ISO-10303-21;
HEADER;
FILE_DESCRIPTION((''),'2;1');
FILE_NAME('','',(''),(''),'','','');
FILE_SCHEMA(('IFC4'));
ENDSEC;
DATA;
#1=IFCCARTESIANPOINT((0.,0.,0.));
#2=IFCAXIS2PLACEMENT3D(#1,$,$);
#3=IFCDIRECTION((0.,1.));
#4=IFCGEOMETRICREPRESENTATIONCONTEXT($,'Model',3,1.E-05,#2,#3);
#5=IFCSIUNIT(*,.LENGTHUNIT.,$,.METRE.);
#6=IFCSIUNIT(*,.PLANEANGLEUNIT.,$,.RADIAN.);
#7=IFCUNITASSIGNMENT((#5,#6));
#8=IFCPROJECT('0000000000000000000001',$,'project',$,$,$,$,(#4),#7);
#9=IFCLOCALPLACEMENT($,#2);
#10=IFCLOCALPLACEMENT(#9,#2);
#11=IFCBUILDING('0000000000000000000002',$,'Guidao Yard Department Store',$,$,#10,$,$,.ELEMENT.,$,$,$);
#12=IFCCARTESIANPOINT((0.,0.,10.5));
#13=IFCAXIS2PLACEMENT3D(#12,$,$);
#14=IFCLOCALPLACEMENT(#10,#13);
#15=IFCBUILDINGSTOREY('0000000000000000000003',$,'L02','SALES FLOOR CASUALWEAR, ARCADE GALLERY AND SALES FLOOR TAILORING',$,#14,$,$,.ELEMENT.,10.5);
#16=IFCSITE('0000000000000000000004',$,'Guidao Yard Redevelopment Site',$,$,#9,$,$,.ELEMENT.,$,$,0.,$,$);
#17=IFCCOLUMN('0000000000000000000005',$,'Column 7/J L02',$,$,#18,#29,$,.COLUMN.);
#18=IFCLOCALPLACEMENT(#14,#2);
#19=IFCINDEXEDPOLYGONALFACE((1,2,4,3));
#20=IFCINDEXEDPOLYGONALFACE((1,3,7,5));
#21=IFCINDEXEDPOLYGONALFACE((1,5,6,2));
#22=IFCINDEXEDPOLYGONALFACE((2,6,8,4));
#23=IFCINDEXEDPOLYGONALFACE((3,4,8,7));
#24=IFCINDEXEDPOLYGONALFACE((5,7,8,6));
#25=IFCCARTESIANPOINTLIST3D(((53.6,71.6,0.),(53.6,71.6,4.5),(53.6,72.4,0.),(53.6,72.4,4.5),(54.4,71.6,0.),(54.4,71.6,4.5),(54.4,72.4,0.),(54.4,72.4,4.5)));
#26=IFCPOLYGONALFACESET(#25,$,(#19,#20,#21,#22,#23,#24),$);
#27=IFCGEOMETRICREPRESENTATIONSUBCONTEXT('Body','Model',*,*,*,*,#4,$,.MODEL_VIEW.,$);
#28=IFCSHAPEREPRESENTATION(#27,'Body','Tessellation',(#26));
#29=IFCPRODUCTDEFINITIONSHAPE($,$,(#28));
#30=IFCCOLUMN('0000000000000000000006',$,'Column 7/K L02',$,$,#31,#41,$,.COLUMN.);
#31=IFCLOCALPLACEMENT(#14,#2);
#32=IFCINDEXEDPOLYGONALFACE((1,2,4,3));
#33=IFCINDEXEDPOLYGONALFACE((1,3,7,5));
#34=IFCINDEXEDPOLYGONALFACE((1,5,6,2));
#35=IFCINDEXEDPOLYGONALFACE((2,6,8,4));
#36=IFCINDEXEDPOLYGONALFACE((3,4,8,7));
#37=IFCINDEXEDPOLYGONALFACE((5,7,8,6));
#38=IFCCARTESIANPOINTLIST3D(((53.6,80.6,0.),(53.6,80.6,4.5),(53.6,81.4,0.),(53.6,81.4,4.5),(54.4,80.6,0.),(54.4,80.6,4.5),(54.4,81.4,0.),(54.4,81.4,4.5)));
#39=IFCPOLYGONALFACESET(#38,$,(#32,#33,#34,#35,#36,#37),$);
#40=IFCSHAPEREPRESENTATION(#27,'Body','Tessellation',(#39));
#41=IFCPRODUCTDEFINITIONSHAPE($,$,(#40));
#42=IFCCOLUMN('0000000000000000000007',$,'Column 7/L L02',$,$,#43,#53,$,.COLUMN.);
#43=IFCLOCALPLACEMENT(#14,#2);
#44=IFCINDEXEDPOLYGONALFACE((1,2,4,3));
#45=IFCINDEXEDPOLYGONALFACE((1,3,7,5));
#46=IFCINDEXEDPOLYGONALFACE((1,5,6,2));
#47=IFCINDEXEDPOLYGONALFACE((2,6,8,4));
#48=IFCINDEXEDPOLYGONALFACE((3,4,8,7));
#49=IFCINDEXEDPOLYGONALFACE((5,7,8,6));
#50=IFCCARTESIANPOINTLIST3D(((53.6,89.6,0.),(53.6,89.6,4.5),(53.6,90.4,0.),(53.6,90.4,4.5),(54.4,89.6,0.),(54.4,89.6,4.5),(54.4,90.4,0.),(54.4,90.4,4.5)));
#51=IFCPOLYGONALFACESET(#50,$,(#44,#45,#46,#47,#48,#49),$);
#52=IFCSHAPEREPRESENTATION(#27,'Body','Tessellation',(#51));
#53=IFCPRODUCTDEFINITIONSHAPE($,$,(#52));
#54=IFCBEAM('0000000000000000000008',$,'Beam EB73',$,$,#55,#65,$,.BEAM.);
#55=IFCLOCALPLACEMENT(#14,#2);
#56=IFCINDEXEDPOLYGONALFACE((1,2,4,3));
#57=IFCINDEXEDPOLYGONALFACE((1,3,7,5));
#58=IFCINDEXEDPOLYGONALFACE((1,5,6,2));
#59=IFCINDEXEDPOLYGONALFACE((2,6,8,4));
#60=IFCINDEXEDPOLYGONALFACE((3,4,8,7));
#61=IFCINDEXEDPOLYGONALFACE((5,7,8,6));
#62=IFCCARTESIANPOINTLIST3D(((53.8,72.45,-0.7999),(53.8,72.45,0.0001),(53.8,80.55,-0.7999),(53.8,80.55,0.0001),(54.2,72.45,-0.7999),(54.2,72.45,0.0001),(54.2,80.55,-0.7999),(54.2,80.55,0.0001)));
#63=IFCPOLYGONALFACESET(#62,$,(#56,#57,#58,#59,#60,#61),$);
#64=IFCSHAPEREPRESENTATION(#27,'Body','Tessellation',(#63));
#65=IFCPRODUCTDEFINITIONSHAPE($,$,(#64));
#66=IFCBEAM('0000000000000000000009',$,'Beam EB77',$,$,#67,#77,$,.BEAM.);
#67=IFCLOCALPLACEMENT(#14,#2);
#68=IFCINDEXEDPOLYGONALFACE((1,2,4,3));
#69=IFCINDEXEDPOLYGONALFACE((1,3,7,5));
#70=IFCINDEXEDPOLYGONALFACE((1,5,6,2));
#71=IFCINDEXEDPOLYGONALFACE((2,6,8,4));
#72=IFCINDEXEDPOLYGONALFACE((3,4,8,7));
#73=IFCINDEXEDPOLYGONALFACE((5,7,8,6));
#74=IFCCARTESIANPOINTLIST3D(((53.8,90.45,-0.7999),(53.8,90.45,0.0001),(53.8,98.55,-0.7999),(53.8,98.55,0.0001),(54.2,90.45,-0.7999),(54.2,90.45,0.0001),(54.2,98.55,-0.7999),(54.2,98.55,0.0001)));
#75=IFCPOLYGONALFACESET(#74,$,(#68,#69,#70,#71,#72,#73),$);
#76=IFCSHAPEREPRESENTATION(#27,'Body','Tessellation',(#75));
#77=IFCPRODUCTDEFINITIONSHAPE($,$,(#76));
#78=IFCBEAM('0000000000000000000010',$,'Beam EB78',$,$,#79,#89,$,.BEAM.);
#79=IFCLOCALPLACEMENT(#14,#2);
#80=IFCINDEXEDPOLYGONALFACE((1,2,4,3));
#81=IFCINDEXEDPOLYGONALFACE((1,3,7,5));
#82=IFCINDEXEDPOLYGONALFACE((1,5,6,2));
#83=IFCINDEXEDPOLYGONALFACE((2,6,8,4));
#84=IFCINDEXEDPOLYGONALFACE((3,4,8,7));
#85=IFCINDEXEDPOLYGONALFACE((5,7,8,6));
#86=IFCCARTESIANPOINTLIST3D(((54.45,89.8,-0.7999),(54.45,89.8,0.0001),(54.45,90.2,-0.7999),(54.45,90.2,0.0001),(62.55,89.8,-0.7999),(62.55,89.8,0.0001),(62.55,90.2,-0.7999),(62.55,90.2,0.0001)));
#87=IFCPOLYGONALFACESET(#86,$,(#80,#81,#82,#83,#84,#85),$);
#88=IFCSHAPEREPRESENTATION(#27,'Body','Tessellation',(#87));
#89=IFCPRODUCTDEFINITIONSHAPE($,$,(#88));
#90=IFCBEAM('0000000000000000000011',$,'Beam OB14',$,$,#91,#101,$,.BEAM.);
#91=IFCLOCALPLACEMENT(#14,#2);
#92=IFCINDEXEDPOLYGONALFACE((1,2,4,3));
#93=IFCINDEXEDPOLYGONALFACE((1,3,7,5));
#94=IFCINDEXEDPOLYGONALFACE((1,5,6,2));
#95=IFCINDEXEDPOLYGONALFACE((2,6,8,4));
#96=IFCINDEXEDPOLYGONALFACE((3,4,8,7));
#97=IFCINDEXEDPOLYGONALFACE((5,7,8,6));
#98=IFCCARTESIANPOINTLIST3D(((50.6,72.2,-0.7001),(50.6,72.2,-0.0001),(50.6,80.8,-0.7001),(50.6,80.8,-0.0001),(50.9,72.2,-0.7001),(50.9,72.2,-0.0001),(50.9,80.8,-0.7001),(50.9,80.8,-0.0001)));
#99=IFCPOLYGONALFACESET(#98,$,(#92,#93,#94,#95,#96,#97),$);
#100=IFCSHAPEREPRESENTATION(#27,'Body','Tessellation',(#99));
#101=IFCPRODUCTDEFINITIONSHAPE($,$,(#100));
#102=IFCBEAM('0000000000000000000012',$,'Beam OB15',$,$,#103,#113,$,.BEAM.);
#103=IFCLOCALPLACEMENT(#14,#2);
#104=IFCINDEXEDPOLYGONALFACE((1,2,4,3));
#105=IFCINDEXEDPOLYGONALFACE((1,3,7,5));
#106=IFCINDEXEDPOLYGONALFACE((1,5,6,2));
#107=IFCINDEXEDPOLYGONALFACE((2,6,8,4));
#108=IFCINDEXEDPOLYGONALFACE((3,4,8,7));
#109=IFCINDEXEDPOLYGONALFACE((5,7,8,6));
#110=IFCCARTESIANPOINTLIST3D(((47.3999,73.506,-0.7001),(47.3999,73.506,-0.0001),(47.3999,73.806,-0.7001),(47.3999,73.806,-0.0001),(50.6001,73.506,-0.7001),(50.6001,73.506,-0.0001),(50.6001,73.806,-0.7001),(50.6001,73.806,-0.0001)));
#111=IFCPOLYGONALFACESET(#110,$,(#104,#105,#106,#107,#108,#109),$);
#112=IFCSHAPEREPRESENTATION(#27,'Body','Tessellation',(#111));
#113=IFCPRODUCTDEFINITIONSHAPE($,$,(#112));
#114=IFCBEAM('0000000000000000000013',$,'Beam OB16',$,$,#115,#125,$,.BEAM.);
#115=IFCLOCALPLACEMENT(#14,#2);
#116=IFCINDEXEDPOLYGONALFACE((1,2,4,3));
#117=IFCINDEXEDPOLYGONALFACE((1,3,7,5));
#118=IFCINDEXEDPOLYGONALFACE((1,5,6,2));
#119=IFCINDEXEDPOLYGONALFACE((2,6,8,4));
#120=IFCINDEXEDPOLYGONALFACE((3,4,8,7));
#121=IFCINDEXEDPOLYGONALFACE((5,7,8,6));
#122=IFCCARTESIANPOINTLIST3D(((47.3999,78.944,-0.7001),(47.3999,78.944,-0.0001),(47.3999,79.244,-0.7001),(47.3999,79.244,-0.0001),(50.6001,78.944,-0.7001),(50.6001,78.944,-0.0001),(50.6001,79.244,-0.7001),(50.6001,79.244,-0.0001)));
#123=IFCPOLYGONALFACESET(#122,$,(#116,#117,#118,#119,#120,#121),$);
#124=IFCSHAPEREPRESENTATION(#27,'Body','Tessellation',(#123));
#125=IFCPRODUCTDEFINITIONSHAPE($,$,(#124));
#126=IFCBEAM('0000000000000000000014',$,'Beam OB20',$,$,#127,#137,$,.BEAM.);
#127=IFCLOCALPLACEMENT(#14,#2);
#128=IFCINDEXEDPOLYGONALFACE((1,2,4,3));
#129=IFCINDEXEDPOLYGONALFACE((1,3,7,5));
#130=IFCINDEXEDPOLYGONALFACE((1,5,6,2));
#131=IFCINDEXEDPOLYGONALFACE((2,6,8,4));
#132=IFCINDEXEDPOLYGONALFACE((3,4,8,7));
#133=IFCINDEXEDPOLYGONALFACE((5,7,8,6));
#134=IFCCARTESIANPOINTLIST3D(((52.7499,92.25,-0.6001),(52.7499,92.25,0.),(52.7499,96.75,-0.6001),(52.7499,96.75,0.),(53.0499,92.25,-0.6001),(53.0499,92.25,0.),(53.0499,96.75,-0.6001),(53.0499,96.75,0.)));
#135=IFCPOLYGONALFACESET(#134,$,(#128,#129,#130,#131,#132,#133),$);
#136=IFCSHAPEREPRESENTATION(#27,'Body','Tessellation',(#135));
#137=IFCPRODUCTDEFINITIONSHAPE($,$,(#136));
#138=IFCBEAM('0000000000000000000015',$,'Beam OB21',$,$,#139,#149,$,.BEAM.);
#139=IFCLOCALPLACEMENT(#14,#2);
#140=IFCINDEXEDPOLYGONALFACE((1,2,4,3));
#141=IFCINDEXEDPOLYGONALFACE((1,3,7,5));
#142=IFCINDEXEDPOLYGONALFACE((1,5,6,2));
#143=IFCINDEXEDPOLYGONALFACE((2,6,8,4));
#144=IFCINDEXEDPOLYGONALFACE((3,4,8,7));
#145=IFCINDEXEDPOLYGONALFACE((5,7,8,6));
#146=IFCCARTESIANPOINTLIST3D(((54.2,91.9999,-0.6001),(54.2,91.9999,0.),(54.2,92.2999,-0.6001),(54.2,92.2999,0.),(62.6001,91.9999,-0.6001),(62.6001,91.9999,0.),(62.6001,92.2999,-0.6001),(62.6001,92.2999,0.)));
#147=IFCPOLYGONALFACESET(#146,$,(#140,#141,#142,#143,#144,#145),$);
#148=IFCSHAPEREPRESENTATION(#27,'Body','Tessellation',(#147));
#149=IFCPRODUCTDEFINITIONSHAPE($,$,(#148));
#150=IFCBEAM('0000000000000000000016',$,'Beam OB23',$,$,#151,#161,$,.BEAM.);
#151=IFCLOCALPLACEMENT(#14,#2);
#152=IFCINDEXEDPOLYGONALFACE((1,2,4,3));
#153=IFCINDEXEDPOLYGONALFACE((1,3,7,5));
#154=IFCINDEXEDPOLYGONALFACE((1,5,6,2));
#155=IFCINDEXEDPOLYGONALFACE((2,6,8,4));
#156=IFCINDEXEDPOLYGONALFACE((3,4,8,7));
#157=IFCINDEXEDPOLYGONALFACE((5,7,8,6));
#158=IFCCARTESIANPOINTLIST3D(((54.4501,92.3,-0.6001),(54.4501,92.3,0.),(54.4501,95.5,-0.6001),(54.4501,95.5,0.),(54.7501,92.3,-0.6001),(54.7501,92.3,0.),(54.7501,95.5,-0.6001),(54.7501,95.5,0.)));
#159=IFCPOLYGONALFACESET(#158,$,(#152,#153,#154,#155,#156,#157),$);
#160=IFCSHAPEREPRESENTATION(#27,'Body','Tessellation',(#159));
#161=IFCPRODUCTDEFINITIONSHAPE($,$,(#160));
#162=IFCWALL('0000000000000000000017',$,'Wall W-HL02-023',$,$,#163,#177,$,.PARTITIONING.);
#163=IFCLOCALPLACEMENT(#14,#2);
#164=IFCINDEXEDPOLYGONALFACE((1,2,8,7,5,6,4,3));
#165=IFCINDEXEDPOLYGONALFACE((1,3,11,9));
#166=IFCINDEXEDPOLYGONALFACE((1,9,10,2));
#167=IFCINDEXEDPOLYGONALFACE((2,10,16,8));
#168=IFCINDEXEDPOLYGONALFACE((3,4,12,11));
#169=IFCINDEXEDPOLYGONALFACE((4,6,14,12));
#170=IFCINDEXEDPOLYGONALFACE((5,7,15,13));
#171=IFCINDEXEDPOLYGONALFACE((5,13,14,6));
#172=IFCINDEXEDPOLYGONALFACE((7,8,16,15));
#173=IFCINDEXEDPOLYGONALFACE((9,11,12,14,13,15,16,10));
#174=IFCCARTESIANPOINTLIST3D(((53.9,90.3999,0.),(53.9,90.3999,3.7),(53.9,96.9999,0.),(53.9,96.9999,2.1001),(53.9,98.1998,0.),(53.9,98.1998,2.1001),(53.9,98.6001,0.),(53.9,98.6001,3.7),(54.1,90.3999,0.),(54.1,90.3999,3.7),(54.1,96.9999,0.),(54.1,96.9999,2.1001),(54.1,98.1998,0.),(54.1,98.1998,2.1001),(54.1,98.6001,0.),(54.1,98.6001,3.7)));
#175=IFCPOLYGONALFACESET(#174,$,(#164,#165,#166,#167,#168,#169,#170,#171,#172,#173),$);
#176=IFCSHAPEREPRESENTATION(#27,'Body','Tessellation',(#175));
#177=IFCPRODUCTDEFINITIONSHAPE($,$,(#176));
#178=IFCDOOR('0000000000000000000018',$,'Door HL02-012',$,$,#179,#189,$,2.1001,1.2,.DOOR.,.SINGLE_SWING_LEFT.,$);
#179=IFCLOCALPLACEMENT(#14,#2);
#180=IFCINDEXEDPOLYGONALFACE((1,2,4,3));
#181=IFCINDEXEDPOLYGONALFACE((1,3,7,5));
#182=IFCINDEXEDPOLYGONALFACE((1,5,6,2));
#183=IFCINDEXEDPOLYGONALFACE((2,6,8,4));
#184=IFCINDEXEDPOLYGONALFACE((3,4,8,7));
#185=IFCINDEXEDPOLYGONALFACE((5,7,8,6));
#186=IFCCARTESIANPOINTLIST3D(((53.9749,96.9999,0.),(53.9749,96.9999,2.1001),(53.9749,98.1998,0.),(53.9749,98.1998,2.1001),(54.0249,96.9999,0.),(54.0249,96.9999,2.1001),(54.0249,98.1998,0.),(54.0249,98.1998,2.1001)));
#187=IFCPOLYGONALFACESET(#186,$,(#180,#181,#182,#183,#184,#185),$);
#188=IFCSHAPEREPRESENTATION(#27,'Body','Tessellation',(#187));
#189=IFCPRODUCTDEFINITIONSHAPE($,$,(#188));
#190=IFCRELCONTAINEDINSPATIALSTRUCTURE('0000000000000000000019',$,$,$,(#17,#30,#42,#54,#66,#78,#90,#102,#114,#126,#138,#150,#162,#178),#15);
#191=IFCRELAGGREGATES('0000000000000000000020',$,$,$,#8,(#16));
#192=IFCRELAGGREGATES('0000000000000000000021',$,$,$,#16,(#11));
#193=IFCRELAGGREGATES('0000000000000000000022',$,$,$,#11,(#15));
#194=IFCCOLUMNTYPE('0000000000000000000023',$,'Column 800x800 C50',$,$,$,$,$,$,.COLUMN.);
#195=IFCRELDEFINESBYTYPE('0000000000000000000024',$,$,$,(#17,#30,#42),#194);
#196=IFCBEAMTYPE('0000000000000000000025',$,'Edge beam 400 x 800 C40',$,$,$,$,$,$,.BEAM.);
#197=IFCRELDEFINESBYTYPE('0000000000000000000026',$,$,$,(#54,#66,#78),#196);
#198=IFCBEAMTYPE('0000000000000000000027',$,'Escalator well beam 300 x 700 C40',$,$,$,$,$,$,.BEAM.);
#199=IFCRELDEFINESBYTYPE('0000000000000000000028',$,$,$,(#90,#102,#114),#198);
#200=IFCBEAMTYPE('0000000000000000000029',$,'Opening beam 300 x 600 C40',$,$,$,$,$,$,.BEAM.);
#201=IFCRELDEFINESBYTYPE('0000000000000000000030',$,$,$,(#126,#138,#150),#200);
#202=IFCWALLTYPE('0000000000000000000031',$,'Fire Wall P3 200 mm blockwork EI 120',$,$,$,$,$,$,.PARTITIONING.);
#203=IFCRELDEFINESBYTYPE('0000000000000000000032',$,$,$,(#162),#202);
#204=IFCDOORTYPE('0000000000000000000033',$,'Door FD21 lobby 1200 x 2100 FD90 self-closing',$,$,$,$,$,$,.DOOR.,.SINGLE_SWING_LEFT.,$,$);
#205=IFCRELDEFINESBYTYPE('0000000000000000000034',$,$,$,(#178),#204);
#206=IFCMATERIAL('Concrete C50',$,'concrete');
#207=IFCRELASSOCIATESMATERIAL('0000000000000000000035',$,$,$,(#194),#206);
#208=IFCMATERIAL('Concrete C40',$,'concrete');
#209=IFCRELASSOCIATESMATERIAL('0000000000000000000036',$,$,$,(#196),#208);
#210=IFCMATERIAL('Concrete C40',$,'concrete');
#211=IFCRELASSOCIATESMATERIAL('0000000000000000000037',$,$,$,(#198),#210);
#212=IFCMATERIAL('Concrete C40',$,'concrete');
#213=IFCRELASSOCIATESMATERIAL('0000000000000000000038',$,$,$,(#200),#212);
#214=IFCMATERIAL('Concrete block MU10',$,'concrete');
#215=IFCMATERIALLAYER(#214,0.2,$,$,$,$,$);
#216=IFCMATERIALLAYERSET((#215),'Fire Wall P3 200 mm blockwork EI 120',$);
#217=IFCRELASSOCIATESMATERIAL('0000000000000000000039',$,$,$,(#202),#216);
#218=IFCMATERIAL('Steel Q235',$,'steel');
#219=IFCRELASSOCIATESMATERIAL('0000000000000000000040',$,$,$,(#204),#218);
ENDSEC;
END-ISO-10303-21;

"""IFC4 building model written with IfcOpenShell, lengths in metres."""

from ifc_helpers import new_model, si_unit, direction, frame, frame_2d, origin, origin_2d, place, context, subcontext, project, spatial, rectangle, extrude, material, layer, layer_set, material_profile, profile_set, type_object, element, fill, save


model = new_model("IFC4")

# Units and contexts
model_context = context("Model", 3, precision=1e-05, world=origin(), true_north=direction((0.0, 1.0)))
body_context = subcontext(model_context, "Body", "Model", "MODEL_VIEW")
ifc_project = project(units=[si_unit("LENGTHUNIT", "METRE"), si_unit("PLANEANGLEUNIT", "RADIAN")], contexts=[model_context])

# Site, building, storey
site_placement = place(None, origin())
site = spatial("IfcSite", under=ifc_project, at=site_placement, Name="Guidao Yard Redevelopment Site", CompositionType="ELEMENT", RefElevation=0.0)
building_placement = place(site_placement, origin())
building = spatial("IfcBuilding", under=site, at=building_placement, Name="Guidao Yard Department Store", CompositionType="ELEMENT")
storey_placement = place(building_placement, frame((0.0, 0.0, 10.5)))
storey = spatial("IfcBuildingStorey", under=building, at=storey_placement, Name="L02", Description="SALES FLOOR CASUALWEAR, ARCADE GALLERY AND SALES FLOOR TAILORING", CompositionType="ELEMENT", Elevation=10.5)

# Columns
ifc_material_1 = material(Name="Concrete C50", Category="concrete")
ifc_material_profile_1 = material_profile(ifc_material_1, rectangle(XDim=0.8, YDim=0.8, at=origin_2d()), Name="COL 800x800")
ifc_profile_set_1 = profile_set([ifc_material_profile_1], Name="Concrete C50")
column_type = type_object("IfcColumnType", Name="Column 800x800 C50", PredefinedType="COLUMN", material=ifc_profile_set_1)
for number, where, z_axis, x_axis, name in (
    (1, (54.0, 72.0, 0.0), (0.0, 0.0, 1.0), (1.0, 0.0, 0.0), "Column 7/J L02"),
    (2, (54.0, 81.0, 0.0), (0.0, 0.0, 1.0), (1.0, 0.0, 0.0), "Column 7/K L02"),
    (3, (54.0, 90.0, 0.0), (0.0, 0.0, 1.0), (1.0, 0.0, 0.0), "Column 7/L L02"),
):
    element("IfcColumn", number, at=place(storey_placement, frame(where, z_axis=z_axis, x_axis=x_axis)), inside=storey, type_object=column_type, Name=name, PredefinedType="COLUMN", context=body_context, shape_type="SweptSolid", body=[
        extrude(rectangle(XDim=0.8, YDim=0.8, at=origin_2d()), origin(), (0.0, 0.0, 1.0), 4.5),
    ])

# Beams
ifc_material_2 = material(Name="Concrete C40", Category="concrete")
ifc_material_profile_2 = material_profile(ifc_material_2, rectangle(XDim=0.3999, YDim=0.8, at=origin_2d()), Name="Edge beam 400 x 800 C40")
ifc_profile_set_2 = profile_set([ifc_material_profile_2], Name="Concrete C40")
beam_type_1 = type_object("IfcBeamType", Name="Edge beam 400 x 800 C40", PredefinedType="BEAM", material=ifc_profile_set_2)
for number, where, z_axis, x_axis, name in (
    (4, (54.0, 72.45, -0.3999), (0.0, 1.0, 0.0), (-1.0, 0.0, 0.0), "Beam EB73"),
    (5, (54.0, 90.45, -0.3999), (0.0, 1.0, 0.0), (-1.0, 0.0, 0.0), "Beam EB77"),
    (6, (54.45, 90.0, -0.3999), (1.0, 0.0, 0.0), (0.0, 1.0, 0.0), "Beam EB78"),
):
    element("IfcBeam", number, at=place(storey_placement, frame(where, z_axis=z_axis, x_axis=x_axis)), inside=storey, type_object=beam_type_1, Name=name, PredefinedType="BEAM", context=body_context, shape_type="SweptSolid", body=[
        extrude(rectangle(XDim=0.3999, YDim=0.8, at=origin_2d()), origin(), (0.0, 0.0, 1.0), 8.1001),
    ])
ifc_material_3 = material(Name="Concrete C40", Category="concrete")
ifc_material_profile_3 = material_profile(ifc_material_3, rectangle(XDim=0.3, YDim=0.7, at=origin_2d()), Name="Escalator well beam 300 x 700 C40")
ifc_profile_set_3 = profile_set([ifc_material_profile_3], Name="Concrete C40")
beam_type_2 = type_object("IfcBeamType", Name="Escalator well beam 300 x 700 C40", PredefinedType="BEAM", material=ifc_profile_set_3)
beam_1_placement = place(storey_placement, frame((50.75, 72.2, -0.3501), z_axis=(0.0, 1.0, 0.0), x_axis=(-1.0, 0.0, 0.0)))
element("IfcBeam", 7, at=beam_1_placement, inside=storey, type_object=beam_type_2, Name="Beam OB14", PredefinedType="BEAM", context=body_context, shape_type="SweptSolid", body=[
    extrude(rectangle(XDim=0.3, YDim=0.7, at=origin_2d()), origin(), (0.0, 0.0, 1.0), 8.6001),
])
for number, where, z_axis, x_axis, name in (
    (8, (47.3999, 73.656, -0.3501), (1.0, 0.0, 0.0), (0.0, 1.0, 0.0), "Beam OB15"),
    (9, (47.3999, 79.094, -0.3501), (1.0, 0.0, 0.0), (0.0, 1.0, 0.0), "Beam OB16"),
):
    element("IfcBeam", number, at=place(storey_placement, frame(where, z_axis=z_axis, x_axis=x_axis)), inside=storey, type_object=beam_type_2, Name=name, PredefinedType="BEAM", context=body_context, shape_type="SweptSolid", body=[
        extrude(rectangle(XDim=0.3, YDim=0.7, at=origin_2d()), origin(), (0.0, 0.0, 1.0), 3.2002),
    ])
ifc_material_4 = material(Name="Concrete C40", Category="concrete")
ifc_material_profile_4 = material_profile(ifc_material_4, rectangle(XDim=0.3, YDim=0.6001, at=origin_2d()), Name="Opening beam 300 x 600 C40")
ifc_profile_set_4 = profile_set([ifc_material_profile_4], Name="Concrete C40")
beam_type_3 = type_object("IfcBeamType", Name="Opening beam 300 x 600 C40", PredefinedType="BEAM", material=ifc_profile_set_4)
beam_2_placement = place(storey_placement, frame((52.8999, 92.25, -0.3), z_axis=(0.0, 1.0, 0.0), x_axis=(-1.0, 0.0, 0.0)))
element("IfcBeam", 10, at=beam_2_placement, inside=storey, type_object=beam_type_3, Name="Beam OB20", PredefinedType="BEAM", context=body_context, shape_type="SweptSolid", body=[
    extrude(rectangle(XDim=0.3, YDim=0.6001, at=origin_2d()), origin(), (0.0, 0.0, 1.0), 4.5),
])
beam_3_placement = place(storey_placement, frame((54.2, 92.1499, -0.3), z_axis=(1.0, 0.0, 0.0), x_axis=(0.0, 1.0, 0.0)))
element("IfcBeam", 11, at=beam_3_placement, inside=storey, type_object=beam_type_3, Name="Beam OB21", PredefinedType="BEAM", context=body_context, shape_type="SweptSolid", body=[
    extrude(rectangle(XDim=0.3, YDim=0.6001, at=origin_2d()), origin(), (0.0, 0.0, 1.0), 8.4001),
])
beam_4_placement = place(storey_placement, frame((54.6001, 92.3, -0.3), z_axis=(0.0, 1.0, 0.0), x_axis=(-1.0, 0.0, 0.0)))
element("IfcBeam", 12, at=beam_4_placement, inside=storey, type_object=beam_type_3, Name="Beam OB23", PredefinedType="BEAM", context=body_context, shape_type="SweptSolid", body=[
    extrude(rectangle(XDim=0.3, YDim=0.6001, at=origin_2d()), origin(), (0.0, 0.0, 1.0), 3.2),
])

# Wall, opening, door
ifc_material_5 = material(Name="Concrete block MU10", Category="concrete")
ifc_layer_1 = layer(ifc_material_5, 0.2)
ifc_layer_set_1 = layer_set([ifc_layer_1], Name="Fire Wall P3 200 mm blockwork EI 120")
wall_type_1 = type_object("IfcWallType", Name="Fire Wall P3 200 mm blockwork EI 120", PredefinedType="PARTITIONING", material=ifc_layer_set_1)
wall_1_placement = place(storey_placement, frame((54.0, 90.3999, 0.0), z_axis=(0.0, 0.0, 1.0), x_axis=(0.0, 1.0, 0.0)))
wall_1 = element("IfcWall", 13, at=wall_1_placement, inside=storey, type_object=wall_type_1, Name="Wall W-HL02-023", PredefinedType="PARTITIONING", context=body_context, shape_type="SweptSolid", body=[
    extrude(rectangle(XDim=8.2002, YDim=0.2, at=frame_2d((4.1001, 0.0))), origin(), (0.0, 0.0, 1.0), 3.7),
])
opening_1_placement = place(wall_1_placement, frame((7.8, 0.0, 0.0), z_axis=(0.0, 0.0, 1.0), x_axis=(-1.0, 0.0, 0.0)))
opening_1 = element("IfcOpeningElement", 14, at=opening_1_placement, cuts=wall_1, PredefinedType="OPENING", context=body_context, shape_type="SweptSolid", body=[
    extrude(rectangle(XDim=1.2, YDim=2.1001, at=frame_2d((0.6001, 1.05))), frame((0.0, 0.1099, 0.0), z_axis=(0.0, -1.0, 0.0), x_axis=(1.0, 0.0, 0.0)), (0.0, 0.0, 1.0), 0.22),
])
ifc_material_6 = material(Name="Steel Q235", Category="steel")
door_type_1 = type_object("IfcDoorType", Name="Door FD21 lobby 1200 x 2100 FD90 self-closing", OperationType="SINGLE_SWING_LEFT", PredefinedType="DOOR", material=ifc_material_6)
door_1_placement = place(opening_1_placement, origin())
door_1 = element("IfcDoor", 15, at=door_1_placement, inside=storey, type_object=door_type_1, Name="Door HL02-012", OperationType="SINGLE_SWING_LEFT", OverallHeight=2.1001, OverallWidth=1.2, PredefinedType="DOOR", context=body_context, shape_type="SweptSolid", body=[
    extrude(rectangle(XDim=1.2, YDim=2.1001, at=frame_2d((0.6001, 1.05))), frame((0.0, 0.0249, 0.0), z_axis=(0.0, -1.0, 0.0), x_axis=(1.0, 0.0, 0.0)), (0.0, 0.0, 1.0), 0.05),
])
fill(opening_1, door_1)

save(model, "model.ifc")
